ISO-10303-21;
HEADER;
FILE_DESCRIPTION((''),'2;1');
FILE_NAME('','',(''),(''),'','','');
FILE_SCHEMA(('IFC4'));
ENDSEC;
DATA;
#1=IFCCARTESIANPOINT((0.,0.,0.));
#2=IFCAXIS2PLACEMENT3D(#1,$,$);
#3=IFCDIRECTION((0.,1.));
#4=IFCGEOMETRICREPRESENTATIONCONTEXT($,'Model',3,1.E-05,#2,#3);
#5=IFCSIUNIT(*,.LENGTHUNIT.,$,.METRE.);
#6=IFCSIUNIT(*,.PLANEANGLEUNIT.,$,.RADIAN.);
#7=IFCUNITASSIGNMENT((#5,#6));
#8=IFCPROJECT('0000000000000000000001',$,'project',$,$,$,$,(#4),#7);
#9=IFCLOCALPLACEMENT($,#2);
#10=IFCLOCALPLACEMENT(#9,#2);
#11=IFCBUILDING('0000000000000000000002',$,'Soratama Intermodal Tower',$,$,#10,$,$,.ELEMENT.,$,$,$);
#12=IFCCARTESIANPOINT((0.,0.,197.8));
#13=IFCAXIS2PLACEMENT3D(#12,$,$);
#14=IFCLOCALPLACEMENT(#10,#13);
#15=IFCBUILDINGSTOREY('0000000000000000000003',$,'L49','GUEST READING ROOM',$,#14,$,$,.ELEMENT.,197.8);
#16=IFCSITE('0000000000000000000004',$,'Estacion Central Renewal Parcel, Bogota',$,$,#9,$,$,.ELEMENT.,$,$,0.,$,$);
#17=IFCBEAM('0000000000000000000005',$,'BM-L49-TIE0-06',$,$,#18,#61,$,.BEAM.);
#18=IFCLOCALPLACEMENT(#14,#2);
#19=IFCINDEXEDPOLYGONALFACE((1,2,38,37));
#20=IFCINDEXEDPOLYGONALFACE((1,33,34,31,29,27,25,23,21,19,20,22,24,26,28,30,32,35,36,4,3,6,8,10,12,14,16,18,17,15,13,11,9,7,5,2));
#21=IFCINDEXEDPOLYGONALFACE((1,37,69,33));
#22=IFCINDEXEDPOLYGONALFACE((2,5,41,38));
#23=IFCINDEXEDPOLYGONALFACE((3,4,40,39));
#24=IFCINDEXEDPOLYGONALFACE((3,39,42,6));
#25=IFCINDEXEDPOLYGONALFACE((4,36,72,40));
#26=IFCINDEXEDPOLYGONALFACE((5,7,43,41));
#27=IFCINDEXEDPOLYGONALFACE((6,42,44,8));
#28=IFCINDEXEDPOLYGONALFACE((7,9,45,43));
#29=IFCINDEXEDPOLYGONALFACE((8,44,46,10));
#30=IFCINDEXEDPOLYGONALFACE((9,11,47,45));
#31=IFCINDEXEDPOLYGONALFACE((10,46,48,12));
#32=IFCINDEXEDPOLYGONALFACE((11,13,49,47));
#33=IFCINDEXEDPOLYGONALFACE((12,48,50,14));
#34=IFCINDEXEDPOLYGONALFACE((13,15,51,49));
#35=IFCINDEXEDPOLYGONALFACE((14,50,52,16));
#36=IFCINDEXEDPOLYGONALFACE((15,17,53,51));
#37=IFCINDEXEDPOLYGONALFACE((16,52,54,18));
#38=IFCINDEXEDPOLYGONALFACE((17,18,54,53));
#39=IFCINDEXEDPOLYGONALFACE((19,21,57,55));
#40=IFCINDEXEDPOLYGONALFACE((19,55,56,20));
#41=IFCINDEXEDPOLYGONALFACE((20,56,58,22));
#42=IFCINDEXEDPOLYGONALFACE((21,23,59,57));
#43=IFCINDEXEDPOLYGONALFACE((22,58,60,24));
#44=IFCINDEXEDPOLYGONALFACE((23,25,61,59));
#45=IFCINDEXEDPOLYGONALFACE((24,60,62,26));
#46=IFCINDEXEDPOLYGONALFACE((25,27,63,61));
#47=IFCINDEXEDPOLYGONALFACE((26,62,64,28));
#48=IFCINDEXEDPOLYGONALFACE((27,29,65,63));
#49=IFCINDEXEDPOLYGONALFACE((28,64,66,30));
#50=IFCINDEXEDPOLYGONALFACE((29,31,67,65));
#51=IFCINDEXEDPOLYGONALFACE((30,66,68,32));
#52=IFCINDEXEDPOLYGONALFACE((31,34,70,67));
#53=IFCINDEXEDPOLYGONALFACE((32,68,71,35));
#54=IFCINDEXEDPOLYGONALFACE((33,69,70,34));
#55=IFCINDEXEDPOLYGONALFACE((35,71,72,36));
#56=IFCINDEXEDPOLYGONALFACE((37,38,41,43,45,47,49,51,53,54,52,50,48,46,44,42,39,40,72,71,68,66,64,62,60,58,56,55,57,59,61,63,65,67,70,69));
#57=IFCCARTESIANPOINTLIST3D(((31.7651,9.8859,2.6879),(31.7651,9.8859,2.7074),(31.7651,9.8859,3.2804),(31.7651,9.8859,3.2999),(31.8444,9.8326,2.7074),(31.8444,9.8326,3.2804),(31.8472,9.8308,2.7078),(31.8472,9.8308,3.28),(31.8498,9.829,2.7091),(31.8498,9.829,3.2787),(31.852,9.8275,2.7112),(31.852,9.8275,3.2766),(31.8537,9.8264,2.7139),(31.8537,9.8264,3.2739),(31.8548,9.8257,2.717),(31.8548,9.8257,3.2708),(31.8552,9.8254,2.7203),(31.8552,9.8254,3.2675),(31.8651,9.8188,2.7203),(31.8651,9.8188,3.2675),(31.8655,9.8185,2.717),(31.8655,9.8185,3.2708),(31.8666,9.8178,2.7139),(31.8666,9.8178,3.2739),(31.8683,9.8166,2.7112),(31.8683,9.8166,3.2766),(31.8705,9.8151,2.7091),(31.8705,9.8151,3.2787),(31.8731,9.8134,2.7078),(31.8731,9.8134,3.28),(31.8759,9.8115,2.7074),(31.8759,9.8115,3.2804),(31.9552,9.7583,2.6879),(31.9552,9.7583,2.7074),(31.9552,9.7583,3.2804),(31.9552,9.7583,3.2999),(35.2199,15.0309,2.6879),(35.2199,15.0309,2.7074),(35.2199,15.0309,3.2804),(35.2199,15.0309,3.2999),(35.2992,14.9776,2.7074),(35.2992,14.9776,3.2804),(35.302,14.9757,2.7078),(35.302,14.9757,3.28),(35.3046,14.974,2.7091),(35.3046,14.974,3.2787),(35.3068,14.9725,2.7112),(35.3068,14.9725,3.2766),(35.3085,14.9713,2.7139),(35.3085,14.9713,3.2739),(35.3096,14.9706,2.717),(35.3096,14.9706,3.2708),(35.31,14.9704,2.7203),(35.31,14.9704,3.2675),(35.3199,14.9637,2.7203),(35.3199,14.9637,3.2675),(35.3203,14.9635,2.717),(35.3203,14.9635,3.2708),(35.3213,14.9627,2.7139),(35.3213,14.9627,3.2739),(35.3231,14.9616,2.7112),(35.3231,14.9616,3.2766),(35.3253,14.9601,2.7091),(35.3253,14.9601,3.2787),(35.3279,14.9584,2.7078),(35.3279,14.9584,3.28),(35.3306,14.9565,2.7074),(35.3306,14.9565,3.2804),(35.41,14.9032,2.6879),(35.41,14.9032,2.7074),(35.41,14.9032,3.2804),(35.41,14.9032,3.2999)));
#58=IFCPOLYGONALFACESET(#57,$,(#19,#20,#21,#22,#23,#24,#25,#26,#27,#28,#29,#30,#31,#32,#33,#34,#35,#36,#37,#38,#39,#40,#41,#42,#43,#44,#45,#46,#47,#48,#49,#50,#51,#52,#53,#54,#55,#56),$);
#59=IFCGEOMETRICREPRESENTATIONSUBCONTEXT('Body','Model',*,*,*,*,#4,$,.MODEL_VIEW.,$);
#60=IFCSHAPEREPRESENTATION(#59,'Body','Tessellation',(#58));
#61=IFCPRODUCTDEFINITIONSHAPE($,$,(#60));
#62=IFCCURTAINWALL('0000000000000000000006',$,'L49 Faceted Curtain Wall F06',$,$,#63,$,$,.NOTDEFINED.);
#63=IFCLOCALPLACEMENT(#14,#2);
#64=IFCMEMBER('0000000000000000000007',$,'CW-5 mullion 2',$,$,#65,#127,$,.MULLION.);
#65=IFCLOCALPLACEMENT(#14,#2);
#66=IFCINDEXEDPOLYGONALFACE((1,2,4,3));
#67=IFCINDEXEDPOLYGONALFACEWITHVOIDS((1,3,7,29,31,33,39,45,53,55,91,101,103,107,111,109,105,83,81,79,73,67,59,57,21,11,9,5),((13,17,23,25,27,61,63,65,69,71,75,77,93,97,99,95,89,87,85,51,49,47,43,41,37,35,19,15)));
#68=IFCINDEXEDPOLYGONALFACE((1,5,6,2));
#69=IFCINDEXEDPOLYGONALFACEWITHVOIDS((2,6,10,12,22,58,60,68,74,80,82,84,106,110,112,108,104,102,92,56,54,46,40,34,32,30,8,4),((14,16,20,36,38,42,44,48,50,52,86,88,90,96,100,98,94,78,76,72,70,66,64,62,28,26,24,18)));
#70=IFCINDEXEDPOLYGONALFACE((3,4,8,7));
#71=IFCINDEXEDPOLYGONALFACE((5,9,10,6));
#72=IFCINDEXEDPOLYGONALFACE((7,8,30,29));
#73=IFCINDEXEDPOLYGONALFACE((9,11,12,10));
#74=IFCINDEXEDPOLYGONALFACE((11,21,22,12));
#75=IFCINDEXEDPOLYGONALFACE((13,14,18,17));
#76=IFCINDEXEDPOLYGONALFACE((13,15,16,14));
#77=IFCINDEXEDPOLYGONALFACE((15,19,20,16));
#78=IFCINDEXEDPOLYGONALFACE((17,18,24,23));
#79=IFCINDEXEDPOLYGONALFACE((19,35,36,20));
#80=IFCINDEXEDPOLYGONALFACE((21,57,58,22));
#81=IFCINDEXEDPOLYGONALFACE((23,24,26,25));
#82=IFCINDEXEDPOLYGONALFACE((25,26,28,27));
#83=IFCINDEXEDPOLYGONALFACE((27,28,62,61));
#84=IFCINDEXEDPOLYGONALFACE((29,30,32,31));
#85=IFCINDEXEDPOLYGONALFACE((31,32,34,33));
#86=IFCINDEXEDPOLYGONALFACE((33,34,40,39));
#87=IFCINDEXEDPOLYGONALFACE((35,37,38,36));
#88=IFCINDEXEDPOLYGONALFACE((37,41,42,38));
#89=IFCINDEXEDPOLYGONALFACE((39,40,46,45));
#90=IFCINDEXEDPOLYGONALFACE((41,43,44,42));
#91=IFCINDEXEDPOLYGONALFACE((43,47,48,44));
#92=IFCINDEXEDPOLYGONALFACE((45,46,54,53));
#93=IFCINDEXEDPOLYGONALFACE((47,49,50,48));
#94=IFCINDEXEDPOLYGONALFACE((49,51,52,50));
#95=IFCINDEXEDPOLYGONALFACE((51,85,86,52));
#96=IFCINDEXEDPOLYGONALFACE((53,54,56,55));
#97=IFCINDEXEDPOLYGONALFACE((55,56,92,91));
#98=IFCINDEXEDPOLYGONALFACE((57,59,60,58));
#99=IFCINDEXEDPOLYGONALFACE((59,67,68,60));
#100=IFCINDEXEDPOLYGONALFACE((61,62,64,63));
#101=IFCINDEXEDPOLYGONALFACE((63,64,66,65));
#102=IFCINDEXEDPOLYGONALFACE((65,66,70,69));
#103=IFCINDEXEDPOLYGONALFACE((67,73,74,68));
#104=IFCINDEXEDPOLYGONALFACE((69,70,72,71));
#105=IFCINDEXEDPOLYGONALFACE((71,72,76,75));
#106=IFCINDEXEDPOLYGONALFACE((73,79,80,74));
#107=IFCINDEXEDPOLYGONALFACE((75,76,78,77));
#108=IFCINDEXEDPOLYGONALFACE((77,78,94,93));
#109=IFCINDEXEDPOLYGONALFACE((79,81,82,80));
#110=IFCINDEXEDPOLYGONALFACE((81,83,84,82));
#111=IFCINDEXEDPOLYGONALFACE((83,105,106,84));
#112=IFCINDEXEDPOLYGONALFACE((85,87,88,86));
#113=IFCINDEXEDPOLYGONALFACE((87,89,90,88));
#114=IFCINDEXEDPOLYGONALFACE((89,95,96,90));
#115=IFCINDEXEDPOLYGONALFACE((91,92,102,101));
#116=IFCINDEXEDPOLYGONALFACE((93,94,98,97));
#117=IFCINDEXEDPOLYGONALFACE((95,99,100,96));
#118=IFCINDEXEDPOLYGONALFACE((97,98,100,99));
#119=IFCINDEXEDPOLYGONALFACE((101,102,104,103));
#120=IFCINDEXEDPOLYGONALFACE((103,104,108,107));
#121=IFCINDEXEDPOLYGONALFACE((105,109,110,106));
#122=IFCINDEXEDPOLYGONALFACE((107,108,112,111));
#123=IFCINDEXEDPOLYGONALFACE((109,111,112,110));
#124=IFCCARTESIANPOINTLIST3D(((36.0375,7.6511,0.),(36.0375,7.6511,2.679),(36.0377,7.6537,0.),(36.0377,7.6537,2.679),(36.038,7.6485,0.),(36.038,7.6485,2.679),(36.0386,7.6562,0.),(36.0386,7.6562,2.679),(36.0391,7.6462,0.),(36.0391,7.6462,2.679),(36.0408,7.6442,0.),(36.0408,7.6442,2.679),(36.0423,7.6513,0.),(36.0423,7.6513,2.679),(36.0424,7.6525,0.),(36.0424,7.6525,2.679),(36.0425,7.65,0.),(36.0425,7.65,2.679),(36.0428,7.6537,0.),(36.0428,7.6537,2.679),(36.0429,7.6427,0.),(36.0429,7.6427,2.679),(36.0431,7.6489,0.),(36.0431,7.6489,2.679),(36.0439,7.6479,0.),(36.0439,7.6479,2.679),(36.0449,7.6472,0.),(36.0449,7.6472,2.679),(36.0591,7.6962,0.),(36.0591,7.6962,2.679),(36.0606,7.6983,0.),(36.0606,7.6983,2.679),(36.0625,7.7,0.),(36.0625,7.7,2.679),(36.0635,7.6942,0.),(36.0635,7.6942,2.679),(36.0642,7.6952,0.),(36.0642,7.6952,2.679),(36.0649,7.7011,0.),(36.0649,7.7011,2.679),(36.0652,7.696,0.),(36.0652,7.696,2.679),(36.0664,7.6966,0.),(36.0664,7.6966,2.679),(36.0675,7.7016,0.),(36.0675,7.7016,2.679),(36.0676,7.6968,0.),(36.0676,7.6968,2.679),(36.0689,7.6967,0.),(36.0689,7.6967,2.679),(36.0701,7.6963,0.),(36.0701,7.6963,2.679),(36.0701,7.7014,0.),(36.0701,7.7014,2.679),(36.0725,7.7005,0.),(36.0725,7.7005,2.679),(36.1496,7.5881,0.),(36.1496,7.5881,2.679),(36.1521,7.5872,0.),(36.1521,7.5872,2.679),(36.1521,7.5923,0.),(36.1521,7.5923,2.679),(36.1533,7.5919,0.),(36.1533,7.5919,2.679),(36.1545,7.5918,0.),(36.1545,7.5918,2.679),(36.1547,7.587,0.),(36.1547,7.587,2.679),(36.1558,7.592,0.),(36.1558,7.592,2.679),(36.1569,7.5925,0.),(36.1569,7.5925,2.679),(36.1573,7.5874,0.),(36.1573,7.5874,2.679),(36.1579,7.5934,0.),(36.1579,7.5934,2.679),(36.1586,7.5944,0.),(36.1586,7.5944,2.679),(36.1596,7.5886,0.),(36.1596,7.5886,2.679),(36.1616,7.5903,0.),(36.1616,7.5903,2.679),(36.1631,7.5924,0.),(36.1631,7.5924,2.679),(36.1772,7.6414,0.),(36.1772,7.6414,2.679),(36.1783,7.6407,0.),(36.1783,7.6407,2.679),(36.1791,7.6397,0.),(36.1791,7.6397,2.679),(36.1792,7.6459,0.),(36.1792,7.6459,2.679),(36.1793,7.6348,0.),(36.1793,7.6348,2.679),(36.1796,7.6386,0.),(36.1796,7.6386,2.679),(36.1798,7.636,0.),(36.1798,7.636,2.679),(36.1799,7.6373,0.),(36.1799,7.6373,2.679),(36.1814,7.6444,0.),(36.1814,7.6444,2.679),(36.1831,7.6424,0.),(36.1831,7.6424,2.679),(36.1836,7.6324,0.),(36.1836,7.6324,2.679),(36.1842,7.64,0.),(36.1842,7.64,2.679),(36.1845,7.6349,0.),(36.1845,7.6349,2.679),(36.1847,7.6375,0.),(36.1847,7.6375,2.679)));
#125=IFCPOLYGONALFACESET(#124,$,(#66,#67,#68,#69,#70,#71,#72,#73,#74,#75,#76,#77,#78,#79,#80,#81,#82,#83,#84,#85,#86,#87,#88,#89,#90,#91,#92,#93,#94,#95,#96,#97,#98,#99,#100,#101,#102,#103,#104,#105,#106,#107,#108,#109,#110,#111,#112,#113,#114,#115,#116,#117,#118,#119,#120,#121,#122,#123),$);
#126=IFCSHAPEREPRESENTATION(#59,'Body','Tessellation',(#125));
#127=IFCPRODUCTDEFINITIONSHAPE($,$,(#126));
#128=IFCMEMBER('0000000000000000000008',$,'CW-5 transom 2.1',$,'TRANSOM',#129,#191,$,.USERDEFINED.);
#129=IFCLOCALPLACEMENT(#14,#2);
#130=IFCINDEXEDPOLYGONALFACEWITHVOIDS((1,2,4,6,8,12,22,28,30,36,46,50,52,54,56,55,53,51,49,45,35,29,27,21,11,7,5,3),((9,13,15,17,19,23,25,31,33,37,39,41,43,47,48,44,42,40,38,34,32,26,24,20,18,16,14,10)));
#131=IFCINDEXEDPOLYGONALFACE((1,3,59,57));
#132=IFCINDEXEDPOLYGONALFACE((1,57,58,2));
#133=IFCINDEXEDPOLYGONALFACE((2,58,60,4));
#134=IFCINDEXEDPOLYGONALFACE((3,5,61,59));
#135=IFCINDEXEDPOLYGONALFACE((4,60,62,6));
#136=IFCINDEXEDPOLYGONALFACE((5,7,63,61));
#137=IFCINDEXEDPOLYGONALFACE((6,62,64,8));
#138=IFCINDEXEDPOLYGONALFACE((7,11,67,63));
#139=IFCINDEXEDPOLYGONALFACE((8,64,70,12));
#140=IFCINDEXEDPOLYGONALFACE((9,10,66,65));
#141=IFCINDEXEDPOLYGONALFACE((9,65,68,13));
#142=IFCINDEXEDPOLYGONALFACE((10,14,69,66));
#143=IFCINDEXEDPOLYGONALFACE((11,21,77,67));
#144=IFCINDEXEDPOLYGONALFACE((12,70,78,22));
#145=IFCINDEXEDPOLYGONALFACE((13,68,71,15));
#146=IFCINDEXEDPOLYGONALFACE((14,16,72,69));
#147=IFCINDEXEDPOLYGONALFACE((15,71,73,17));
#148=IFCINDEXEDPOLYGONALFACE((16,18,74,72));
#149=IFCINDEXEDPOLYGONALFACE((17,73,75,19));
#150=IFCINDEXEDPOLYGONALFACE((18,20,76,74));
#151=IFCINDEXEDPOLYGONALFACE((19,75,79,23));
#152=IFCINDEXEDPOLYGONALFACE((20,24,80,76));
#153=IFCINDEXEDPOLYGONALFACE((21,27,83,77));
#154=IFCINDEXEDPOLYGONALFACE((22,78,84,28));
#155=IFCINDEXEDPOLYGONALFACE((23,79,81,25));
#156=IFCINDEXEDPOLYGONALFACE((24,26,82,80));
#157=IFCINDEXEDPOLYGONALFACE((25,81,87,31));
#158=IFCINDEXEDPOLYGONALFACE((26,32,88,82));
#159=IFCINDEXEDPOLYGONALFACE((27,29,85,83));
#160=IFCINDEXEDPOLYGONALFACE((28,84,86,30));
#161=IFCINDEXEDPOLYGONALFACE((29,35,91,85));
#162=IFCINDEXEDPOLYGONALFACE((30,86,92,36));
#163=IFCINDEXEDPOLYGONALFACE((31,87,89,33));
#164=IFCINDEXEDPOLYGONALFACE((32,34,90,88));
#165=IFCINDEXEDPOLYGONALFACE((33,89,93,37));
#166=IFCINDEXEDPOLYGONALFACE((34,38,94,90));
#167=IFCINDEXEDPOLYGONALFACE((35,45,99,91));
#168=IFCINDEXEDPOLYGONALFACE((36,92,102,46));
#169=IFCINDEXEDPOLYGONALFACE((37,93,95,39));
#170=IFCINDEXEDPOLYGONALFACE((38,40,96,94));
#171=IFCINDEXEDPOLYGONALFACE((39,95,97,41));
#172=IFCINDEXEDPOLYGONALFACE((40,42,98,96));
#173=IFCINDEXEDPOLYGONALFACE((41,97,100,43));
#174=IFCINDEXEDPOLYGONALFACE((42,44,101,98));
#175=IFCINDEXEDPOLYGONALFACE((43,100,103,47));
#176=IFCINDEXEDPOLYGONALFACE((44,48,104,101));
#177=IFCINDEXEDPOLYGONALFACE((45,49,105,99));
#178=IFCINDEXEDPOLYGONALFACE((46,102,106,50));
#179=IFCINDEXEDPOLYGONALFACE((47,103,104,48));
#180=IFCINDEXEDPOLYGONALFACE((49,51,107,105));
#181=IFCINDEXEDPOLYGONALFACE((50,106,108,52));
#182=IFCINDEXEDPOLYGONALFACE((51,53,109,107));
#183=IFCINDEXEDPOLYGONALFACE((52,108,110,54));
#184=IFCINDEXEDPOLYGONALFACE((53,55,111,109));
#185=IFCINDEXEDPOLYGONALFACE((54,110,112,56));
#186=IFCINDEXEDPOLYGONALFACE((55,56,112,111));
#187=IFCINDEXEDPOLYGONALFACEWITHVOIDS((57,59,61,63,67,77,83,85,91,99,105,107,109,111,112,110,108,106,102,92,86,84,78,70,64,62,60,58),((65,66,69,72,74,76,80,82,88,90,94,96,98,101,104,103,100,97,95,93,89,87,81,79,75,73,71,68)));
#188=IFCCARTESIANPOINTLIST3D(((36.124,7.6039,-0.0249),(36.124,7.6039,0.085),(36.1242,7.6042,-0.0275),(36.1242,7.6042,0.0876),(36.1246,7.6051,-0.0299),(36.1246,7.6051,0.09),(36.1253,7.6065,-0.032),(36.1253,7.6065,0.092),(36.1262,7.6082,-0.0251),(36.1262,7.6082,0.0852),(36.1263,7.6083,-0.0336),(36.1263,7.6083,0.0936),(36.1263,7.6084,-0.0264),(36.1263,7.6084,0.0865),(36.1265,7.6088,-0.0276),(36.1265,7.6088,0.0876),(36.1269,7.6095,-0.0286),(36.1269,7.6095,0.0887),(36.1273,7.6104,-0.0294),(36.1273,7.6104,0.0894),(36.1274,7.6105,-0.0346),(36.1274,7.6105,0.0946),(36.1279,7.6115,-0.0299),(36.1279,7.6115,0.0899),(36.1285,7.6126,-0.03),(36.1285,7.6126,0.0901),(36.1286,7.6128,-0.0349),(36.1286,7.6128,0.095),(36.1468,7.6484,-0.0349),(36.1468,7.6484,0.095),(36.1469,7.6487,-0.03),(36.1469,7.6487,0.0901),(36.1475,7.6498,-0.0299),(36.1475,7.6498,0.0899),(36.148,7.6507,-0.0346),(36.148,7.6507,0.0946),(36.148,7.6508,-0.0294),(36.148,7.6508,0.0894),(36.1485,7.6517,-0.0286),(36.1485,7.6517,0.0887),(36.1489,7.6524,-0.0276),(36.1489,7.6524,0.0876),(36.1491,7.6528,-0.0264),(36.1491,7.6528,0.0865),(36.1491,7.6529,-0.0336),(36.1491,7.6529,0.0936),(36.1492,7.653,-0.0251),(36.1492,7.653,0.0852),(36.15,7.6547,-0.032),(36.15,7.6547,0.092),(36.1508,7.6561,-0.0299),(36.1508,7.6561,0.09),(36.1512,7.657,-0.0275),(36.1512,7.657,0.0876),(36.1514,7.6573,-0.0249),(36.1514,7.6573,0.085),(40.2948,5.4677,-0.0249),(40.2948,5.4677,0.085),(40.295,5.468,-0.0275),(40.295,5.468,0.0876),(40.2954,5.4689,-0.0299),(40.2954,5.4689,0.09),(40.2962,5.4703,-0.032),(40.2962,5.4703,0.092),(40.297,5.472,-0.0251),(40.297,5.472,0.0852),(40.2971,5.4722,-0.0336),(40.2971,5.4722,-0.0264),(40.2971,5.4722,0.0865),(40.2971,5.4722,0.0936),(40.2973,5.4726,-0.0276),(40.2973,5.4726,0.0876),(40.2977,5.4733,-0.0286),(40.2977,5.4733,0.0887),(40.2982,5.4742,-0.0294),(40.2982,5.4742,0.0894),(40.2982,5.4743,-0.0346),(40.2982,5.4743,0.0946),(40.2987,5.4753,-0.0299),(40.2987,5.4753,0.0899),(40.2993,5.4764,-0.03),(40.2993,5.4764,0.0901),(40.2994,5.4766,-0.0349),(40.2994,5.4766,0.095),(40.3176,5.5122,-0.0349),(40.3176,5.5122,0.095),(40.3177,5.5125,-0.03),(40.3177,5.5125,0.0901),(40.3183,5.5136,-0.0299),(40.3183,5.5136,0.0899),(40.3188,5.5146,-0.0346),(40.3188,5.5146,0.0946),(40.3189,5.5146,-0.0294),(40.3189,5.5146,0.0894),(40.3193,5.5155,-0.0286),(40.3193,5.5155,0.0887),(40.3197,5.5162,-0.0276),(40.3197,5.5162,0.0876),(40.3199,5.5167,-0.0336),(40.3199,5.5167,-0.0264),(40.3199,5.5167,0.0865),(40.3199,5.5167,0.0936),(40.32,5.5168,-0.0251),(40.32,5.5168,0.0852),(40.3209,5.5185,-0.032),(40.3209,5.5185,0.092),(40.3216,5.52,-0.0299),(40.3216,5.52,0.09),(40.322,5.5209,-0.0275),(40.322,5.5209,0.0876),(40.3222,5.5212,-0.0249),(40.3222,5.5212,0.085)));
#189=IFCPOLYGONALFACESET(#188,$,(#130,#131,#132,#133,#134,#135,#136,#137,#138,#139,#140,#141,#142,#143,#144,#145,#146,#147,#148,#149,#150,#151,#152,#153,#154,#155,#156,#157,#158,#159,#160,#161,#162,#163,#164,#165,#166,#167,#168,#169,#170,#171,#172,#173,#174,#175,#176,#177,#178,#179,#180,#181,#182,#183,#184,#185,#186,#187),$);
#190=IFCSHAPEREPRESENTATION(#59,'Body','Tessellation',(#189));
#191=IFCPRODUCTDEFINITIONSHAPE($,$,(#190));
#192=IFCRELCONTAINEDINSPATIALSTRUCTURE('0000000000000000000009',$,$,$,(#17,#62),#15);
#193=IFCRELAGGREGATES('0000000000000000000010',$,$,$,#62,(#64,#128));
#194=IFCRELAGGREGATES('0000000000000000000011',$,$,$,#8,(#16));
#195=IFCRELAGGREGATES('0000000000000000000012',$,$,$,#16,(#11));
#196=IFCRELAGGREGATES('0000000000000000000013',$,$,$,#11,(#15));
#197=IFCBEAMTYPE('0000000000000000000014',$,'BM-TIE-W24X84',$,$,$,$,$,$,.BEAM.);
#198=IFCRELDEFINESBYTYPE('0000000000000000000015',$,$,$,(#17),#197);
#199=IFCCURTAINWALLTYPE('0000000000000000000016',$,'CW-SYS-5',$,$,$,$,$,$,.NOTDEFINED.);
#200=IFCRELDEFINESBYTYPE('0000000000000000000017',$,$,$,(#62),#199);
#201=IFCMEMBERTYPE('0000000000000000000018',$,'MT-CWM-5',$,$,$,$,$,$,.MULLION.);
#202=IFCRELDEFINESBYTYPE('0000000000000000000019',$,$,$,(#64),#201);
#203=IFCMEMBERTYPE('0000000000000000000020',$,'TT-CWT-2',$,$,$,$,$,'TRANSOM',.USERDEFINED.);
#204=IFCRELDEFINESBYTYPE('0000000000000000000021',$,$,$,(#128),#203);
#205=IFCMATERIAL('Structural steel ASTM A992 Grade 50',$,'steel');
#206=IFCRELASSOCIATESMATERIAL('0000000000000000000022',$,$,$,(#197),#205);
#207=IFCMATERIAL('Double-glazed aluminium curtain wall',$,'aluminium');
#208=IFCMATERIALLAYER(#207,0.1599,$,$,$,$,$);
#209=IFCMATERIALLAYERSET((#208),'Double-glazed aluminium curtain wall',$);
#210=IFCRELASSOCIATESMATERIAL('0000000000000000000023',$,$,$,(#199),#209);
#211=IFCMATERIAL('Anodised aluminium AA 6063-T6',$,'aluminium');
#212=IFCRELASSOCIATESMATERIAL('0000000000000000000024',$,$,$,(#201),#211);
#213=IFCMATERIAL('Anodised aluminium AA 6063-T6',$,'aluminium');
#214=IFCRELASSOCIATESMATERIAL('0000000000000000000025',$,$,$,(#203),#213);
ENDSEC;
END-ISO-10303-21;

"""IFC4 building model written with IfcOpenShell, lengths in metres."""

from ifc_helpers import new_model, si_unit, direction, frame, origin, origin_2d, place, context, subcontext, project, spatial, hollow_rectangle, i_section, extrude, material, layer, layer_set, material_profile, profile_set, type_object, element, aggregate, save


model = new_model("IFC4")

# Units and contexts
model_context = context("Model", 3, precision=1e-05, world=origin(), true_north=direction((0.0, 1.0)))
body_context = subcontext(model_context, "Body", "Model", "MODEL_VIEW")
ifc_project = project(units=[si_unit("LENGTHUNIT", "METRE"), si_unit("PLANEANGLEUNIT", "RADIAN")], contexts=[model_context])

# Site, building, storey
site_placement = place(None, origin())
site = spatial("IfcSite", under=ifc_project, at=site_placement, Name="Estacion Central Renewal Parcel, Bogota", CompositionType="ELEMENT", RefElevation=0.0)
building_placement = place(site_placement, origin())
building = spatial("IfcBuilding", under=site, at=building_placement, Name="Soratama Intermodal Tower", CompositionType="ELEMENT")
storey_placement = place(building_placement, frame((0.0, 0.0, 197.8)))
storey = spatial("IfcBuildingStorey", under=building, at=storey_placement, Name="L49", Description="GUEST READING ROOM", CompositionType="ELEMENT", Elevation=197.8)

# Beam
ifc_material_1 = material(Name="Structural steel ASTM A992 Grade 50", Category="steel")
ifc_material_profile_1 = material_profile(ifc_material_1, i_section(OverallWidth=0.229, OverallDepth=0.6121, WebThickness=0.012, FlangeThickness=0.0195, FilletRadius=0.0129, at=origin_2d()), Name="W24X84")
ifc_profile_set_1 = profile_set([ifc_material_profile_1], Name="Structural steel ASTM A992 Grade 50")
beam_type_1 = type_object("IfcBeamType", Name="BM-TIE-W24X84", PredefinedType="BEAM", material=ifc_profile_set_1)
beam_1_placement = place(storey_placement, frame((35.3149, 14.967, 2.9939), z_axis=(-0.55747, -0.830197, 0.0), x_axis=(0.830197, -0.55747, 0.0)))
element("IfcBeam", 1, at=beam_1_placement, inside=storey, type_object=beam_type_1, Name="BM-L49-TIE0-06", PredefinedType="BEAM", context=body_context, shape_type="SweptSolid", body=[
    extrude(i_section(OverallWidth=0.229, OverallDepth=0.6121, WebThickness=0.012, FlangeThickness=0.0195, FilletRadius=0.0129, at=origin_2d()), origin(), (0.0, 0.0, 1.0), 6.1973),
])

# Curtain wall, members
ifc_material_2 = material(Name="Double-glazed aluminium curtain wall", Category="aluminium")
ifc_layer_1 = layer(ifc_material_2, 0.1599)
ifc_layer_set_1 = layer_set([ifc_layer_1], Name="Double-glazed aluminium curtain wall")
curtain_wall_type = type_object("IfcCurtainWallType", Name="CW-SYS-5", PredefinedType="NOTDEFINED", material=ifc_layer_set_1)
curtain_wall_placement = place(storey_placement, origin())
curtain_wall = element("IfcCurtainWall", 2, at=curtain_wall_placement, inside=storey, type_object=curtain_wall_type, Name="L49 Faceted Curtain Wall F06", PredefinedType="NOTDEFINED")
ifc_material_3 = material(Name="Anodised aluminium AA 6063-T6", Category="aluminium")
ifc_material_profile_2 = material_profile(ifc_material_3, hollow_rectangle(XDim=0.0649, YDim=0.1399, WallThickness=0.0049, InnerFilletRadius=0.0049, OuterFilletRadius=0.01, at=origin_2d()), Name="CWM140X65X5")
ifc_profile_set_2 = profile_set([ifc_material_profile_2], Name="Anodised aluminium AA 6063-T6")
member_type_1 = type_object("IfcMemberType", Name="MT-CWM-5", PredefinedType="MULLION", material=ifc_profile_set_2)
member_1_placement = place(storey_placement, frame((36.1111, 7.6443, 0.0), z_axis=(0.0, 0.0, 1.0), x_axis=(0.45586, 0.890051, 0.0)))
member_1 = element("IfcMember", 3, at=member_1_placement, type_object=member_type_1, Name="CW-5 mullion 2", PredefinedType="MULLION", context=body_context, shape_type="SweptSolid", body=[
    extrude(hollow_rectangle(XDim=0.0649, YDim=0.1399, WallThickness=0.0049, InnerFilletRadius=0.0049, OuterFilletRadius=0.01, at=origin_2d()), origin(), (0.0, 0.0, 1.0), 2.679),
])
ifc_material_4 = material(Name="Anodised aluminium AA 6063-T6", Category="aluminium")
ifc_material_profile_3 = material_profile(ifc_material_4, hollow_rectangle(XDim=0.0601, YDim=0.1299, WallThickness=0.0049, InnerFilletRadius=0.0049, OuterFilletRadius=0.01, at=origin_2d()), Name="CWT130X60X5")
ifc_profile_set_3 = profile_set([ifc_material_profile_3], Name="Anodised aluminium AA 6063-T6")
member_type_2 = type_object("IfcMemberType", Name="TT-CWT-2", ElementType="TRANSOM", PredefinedType="USERDEFINED", material=ifc_profile_set_3)
member_2_placement = place(storey_placement, frame((36.1377, 7.6306, 0.03), z_axis=(0.890051, -0.455862, 0.0), x_axis=(0.455862, 0.890051, 0.0)))
member_2 = element("IfcMember", 4, at=member_2_placement, type_object=member_type_2, Name="CW-5 transom 2.1", ObjectType="TRANSOM", PredefinedType="USERDEFINED", context=body_context, shape_type="SweptSolid", body=[
    extrude(hollow_rectangle(XDim=0.0601, YDim=0.1299, WallThickness=0.0049, InnerFilletRadius=0.0049, OuterFilletRadius=0.01, at=origin_2d()), origin(), (0.0, 0.0, 1.0), 4.686),
])
aggregate(curtain_wall, [member_1, member_2])

save(model, "model.ifc")
